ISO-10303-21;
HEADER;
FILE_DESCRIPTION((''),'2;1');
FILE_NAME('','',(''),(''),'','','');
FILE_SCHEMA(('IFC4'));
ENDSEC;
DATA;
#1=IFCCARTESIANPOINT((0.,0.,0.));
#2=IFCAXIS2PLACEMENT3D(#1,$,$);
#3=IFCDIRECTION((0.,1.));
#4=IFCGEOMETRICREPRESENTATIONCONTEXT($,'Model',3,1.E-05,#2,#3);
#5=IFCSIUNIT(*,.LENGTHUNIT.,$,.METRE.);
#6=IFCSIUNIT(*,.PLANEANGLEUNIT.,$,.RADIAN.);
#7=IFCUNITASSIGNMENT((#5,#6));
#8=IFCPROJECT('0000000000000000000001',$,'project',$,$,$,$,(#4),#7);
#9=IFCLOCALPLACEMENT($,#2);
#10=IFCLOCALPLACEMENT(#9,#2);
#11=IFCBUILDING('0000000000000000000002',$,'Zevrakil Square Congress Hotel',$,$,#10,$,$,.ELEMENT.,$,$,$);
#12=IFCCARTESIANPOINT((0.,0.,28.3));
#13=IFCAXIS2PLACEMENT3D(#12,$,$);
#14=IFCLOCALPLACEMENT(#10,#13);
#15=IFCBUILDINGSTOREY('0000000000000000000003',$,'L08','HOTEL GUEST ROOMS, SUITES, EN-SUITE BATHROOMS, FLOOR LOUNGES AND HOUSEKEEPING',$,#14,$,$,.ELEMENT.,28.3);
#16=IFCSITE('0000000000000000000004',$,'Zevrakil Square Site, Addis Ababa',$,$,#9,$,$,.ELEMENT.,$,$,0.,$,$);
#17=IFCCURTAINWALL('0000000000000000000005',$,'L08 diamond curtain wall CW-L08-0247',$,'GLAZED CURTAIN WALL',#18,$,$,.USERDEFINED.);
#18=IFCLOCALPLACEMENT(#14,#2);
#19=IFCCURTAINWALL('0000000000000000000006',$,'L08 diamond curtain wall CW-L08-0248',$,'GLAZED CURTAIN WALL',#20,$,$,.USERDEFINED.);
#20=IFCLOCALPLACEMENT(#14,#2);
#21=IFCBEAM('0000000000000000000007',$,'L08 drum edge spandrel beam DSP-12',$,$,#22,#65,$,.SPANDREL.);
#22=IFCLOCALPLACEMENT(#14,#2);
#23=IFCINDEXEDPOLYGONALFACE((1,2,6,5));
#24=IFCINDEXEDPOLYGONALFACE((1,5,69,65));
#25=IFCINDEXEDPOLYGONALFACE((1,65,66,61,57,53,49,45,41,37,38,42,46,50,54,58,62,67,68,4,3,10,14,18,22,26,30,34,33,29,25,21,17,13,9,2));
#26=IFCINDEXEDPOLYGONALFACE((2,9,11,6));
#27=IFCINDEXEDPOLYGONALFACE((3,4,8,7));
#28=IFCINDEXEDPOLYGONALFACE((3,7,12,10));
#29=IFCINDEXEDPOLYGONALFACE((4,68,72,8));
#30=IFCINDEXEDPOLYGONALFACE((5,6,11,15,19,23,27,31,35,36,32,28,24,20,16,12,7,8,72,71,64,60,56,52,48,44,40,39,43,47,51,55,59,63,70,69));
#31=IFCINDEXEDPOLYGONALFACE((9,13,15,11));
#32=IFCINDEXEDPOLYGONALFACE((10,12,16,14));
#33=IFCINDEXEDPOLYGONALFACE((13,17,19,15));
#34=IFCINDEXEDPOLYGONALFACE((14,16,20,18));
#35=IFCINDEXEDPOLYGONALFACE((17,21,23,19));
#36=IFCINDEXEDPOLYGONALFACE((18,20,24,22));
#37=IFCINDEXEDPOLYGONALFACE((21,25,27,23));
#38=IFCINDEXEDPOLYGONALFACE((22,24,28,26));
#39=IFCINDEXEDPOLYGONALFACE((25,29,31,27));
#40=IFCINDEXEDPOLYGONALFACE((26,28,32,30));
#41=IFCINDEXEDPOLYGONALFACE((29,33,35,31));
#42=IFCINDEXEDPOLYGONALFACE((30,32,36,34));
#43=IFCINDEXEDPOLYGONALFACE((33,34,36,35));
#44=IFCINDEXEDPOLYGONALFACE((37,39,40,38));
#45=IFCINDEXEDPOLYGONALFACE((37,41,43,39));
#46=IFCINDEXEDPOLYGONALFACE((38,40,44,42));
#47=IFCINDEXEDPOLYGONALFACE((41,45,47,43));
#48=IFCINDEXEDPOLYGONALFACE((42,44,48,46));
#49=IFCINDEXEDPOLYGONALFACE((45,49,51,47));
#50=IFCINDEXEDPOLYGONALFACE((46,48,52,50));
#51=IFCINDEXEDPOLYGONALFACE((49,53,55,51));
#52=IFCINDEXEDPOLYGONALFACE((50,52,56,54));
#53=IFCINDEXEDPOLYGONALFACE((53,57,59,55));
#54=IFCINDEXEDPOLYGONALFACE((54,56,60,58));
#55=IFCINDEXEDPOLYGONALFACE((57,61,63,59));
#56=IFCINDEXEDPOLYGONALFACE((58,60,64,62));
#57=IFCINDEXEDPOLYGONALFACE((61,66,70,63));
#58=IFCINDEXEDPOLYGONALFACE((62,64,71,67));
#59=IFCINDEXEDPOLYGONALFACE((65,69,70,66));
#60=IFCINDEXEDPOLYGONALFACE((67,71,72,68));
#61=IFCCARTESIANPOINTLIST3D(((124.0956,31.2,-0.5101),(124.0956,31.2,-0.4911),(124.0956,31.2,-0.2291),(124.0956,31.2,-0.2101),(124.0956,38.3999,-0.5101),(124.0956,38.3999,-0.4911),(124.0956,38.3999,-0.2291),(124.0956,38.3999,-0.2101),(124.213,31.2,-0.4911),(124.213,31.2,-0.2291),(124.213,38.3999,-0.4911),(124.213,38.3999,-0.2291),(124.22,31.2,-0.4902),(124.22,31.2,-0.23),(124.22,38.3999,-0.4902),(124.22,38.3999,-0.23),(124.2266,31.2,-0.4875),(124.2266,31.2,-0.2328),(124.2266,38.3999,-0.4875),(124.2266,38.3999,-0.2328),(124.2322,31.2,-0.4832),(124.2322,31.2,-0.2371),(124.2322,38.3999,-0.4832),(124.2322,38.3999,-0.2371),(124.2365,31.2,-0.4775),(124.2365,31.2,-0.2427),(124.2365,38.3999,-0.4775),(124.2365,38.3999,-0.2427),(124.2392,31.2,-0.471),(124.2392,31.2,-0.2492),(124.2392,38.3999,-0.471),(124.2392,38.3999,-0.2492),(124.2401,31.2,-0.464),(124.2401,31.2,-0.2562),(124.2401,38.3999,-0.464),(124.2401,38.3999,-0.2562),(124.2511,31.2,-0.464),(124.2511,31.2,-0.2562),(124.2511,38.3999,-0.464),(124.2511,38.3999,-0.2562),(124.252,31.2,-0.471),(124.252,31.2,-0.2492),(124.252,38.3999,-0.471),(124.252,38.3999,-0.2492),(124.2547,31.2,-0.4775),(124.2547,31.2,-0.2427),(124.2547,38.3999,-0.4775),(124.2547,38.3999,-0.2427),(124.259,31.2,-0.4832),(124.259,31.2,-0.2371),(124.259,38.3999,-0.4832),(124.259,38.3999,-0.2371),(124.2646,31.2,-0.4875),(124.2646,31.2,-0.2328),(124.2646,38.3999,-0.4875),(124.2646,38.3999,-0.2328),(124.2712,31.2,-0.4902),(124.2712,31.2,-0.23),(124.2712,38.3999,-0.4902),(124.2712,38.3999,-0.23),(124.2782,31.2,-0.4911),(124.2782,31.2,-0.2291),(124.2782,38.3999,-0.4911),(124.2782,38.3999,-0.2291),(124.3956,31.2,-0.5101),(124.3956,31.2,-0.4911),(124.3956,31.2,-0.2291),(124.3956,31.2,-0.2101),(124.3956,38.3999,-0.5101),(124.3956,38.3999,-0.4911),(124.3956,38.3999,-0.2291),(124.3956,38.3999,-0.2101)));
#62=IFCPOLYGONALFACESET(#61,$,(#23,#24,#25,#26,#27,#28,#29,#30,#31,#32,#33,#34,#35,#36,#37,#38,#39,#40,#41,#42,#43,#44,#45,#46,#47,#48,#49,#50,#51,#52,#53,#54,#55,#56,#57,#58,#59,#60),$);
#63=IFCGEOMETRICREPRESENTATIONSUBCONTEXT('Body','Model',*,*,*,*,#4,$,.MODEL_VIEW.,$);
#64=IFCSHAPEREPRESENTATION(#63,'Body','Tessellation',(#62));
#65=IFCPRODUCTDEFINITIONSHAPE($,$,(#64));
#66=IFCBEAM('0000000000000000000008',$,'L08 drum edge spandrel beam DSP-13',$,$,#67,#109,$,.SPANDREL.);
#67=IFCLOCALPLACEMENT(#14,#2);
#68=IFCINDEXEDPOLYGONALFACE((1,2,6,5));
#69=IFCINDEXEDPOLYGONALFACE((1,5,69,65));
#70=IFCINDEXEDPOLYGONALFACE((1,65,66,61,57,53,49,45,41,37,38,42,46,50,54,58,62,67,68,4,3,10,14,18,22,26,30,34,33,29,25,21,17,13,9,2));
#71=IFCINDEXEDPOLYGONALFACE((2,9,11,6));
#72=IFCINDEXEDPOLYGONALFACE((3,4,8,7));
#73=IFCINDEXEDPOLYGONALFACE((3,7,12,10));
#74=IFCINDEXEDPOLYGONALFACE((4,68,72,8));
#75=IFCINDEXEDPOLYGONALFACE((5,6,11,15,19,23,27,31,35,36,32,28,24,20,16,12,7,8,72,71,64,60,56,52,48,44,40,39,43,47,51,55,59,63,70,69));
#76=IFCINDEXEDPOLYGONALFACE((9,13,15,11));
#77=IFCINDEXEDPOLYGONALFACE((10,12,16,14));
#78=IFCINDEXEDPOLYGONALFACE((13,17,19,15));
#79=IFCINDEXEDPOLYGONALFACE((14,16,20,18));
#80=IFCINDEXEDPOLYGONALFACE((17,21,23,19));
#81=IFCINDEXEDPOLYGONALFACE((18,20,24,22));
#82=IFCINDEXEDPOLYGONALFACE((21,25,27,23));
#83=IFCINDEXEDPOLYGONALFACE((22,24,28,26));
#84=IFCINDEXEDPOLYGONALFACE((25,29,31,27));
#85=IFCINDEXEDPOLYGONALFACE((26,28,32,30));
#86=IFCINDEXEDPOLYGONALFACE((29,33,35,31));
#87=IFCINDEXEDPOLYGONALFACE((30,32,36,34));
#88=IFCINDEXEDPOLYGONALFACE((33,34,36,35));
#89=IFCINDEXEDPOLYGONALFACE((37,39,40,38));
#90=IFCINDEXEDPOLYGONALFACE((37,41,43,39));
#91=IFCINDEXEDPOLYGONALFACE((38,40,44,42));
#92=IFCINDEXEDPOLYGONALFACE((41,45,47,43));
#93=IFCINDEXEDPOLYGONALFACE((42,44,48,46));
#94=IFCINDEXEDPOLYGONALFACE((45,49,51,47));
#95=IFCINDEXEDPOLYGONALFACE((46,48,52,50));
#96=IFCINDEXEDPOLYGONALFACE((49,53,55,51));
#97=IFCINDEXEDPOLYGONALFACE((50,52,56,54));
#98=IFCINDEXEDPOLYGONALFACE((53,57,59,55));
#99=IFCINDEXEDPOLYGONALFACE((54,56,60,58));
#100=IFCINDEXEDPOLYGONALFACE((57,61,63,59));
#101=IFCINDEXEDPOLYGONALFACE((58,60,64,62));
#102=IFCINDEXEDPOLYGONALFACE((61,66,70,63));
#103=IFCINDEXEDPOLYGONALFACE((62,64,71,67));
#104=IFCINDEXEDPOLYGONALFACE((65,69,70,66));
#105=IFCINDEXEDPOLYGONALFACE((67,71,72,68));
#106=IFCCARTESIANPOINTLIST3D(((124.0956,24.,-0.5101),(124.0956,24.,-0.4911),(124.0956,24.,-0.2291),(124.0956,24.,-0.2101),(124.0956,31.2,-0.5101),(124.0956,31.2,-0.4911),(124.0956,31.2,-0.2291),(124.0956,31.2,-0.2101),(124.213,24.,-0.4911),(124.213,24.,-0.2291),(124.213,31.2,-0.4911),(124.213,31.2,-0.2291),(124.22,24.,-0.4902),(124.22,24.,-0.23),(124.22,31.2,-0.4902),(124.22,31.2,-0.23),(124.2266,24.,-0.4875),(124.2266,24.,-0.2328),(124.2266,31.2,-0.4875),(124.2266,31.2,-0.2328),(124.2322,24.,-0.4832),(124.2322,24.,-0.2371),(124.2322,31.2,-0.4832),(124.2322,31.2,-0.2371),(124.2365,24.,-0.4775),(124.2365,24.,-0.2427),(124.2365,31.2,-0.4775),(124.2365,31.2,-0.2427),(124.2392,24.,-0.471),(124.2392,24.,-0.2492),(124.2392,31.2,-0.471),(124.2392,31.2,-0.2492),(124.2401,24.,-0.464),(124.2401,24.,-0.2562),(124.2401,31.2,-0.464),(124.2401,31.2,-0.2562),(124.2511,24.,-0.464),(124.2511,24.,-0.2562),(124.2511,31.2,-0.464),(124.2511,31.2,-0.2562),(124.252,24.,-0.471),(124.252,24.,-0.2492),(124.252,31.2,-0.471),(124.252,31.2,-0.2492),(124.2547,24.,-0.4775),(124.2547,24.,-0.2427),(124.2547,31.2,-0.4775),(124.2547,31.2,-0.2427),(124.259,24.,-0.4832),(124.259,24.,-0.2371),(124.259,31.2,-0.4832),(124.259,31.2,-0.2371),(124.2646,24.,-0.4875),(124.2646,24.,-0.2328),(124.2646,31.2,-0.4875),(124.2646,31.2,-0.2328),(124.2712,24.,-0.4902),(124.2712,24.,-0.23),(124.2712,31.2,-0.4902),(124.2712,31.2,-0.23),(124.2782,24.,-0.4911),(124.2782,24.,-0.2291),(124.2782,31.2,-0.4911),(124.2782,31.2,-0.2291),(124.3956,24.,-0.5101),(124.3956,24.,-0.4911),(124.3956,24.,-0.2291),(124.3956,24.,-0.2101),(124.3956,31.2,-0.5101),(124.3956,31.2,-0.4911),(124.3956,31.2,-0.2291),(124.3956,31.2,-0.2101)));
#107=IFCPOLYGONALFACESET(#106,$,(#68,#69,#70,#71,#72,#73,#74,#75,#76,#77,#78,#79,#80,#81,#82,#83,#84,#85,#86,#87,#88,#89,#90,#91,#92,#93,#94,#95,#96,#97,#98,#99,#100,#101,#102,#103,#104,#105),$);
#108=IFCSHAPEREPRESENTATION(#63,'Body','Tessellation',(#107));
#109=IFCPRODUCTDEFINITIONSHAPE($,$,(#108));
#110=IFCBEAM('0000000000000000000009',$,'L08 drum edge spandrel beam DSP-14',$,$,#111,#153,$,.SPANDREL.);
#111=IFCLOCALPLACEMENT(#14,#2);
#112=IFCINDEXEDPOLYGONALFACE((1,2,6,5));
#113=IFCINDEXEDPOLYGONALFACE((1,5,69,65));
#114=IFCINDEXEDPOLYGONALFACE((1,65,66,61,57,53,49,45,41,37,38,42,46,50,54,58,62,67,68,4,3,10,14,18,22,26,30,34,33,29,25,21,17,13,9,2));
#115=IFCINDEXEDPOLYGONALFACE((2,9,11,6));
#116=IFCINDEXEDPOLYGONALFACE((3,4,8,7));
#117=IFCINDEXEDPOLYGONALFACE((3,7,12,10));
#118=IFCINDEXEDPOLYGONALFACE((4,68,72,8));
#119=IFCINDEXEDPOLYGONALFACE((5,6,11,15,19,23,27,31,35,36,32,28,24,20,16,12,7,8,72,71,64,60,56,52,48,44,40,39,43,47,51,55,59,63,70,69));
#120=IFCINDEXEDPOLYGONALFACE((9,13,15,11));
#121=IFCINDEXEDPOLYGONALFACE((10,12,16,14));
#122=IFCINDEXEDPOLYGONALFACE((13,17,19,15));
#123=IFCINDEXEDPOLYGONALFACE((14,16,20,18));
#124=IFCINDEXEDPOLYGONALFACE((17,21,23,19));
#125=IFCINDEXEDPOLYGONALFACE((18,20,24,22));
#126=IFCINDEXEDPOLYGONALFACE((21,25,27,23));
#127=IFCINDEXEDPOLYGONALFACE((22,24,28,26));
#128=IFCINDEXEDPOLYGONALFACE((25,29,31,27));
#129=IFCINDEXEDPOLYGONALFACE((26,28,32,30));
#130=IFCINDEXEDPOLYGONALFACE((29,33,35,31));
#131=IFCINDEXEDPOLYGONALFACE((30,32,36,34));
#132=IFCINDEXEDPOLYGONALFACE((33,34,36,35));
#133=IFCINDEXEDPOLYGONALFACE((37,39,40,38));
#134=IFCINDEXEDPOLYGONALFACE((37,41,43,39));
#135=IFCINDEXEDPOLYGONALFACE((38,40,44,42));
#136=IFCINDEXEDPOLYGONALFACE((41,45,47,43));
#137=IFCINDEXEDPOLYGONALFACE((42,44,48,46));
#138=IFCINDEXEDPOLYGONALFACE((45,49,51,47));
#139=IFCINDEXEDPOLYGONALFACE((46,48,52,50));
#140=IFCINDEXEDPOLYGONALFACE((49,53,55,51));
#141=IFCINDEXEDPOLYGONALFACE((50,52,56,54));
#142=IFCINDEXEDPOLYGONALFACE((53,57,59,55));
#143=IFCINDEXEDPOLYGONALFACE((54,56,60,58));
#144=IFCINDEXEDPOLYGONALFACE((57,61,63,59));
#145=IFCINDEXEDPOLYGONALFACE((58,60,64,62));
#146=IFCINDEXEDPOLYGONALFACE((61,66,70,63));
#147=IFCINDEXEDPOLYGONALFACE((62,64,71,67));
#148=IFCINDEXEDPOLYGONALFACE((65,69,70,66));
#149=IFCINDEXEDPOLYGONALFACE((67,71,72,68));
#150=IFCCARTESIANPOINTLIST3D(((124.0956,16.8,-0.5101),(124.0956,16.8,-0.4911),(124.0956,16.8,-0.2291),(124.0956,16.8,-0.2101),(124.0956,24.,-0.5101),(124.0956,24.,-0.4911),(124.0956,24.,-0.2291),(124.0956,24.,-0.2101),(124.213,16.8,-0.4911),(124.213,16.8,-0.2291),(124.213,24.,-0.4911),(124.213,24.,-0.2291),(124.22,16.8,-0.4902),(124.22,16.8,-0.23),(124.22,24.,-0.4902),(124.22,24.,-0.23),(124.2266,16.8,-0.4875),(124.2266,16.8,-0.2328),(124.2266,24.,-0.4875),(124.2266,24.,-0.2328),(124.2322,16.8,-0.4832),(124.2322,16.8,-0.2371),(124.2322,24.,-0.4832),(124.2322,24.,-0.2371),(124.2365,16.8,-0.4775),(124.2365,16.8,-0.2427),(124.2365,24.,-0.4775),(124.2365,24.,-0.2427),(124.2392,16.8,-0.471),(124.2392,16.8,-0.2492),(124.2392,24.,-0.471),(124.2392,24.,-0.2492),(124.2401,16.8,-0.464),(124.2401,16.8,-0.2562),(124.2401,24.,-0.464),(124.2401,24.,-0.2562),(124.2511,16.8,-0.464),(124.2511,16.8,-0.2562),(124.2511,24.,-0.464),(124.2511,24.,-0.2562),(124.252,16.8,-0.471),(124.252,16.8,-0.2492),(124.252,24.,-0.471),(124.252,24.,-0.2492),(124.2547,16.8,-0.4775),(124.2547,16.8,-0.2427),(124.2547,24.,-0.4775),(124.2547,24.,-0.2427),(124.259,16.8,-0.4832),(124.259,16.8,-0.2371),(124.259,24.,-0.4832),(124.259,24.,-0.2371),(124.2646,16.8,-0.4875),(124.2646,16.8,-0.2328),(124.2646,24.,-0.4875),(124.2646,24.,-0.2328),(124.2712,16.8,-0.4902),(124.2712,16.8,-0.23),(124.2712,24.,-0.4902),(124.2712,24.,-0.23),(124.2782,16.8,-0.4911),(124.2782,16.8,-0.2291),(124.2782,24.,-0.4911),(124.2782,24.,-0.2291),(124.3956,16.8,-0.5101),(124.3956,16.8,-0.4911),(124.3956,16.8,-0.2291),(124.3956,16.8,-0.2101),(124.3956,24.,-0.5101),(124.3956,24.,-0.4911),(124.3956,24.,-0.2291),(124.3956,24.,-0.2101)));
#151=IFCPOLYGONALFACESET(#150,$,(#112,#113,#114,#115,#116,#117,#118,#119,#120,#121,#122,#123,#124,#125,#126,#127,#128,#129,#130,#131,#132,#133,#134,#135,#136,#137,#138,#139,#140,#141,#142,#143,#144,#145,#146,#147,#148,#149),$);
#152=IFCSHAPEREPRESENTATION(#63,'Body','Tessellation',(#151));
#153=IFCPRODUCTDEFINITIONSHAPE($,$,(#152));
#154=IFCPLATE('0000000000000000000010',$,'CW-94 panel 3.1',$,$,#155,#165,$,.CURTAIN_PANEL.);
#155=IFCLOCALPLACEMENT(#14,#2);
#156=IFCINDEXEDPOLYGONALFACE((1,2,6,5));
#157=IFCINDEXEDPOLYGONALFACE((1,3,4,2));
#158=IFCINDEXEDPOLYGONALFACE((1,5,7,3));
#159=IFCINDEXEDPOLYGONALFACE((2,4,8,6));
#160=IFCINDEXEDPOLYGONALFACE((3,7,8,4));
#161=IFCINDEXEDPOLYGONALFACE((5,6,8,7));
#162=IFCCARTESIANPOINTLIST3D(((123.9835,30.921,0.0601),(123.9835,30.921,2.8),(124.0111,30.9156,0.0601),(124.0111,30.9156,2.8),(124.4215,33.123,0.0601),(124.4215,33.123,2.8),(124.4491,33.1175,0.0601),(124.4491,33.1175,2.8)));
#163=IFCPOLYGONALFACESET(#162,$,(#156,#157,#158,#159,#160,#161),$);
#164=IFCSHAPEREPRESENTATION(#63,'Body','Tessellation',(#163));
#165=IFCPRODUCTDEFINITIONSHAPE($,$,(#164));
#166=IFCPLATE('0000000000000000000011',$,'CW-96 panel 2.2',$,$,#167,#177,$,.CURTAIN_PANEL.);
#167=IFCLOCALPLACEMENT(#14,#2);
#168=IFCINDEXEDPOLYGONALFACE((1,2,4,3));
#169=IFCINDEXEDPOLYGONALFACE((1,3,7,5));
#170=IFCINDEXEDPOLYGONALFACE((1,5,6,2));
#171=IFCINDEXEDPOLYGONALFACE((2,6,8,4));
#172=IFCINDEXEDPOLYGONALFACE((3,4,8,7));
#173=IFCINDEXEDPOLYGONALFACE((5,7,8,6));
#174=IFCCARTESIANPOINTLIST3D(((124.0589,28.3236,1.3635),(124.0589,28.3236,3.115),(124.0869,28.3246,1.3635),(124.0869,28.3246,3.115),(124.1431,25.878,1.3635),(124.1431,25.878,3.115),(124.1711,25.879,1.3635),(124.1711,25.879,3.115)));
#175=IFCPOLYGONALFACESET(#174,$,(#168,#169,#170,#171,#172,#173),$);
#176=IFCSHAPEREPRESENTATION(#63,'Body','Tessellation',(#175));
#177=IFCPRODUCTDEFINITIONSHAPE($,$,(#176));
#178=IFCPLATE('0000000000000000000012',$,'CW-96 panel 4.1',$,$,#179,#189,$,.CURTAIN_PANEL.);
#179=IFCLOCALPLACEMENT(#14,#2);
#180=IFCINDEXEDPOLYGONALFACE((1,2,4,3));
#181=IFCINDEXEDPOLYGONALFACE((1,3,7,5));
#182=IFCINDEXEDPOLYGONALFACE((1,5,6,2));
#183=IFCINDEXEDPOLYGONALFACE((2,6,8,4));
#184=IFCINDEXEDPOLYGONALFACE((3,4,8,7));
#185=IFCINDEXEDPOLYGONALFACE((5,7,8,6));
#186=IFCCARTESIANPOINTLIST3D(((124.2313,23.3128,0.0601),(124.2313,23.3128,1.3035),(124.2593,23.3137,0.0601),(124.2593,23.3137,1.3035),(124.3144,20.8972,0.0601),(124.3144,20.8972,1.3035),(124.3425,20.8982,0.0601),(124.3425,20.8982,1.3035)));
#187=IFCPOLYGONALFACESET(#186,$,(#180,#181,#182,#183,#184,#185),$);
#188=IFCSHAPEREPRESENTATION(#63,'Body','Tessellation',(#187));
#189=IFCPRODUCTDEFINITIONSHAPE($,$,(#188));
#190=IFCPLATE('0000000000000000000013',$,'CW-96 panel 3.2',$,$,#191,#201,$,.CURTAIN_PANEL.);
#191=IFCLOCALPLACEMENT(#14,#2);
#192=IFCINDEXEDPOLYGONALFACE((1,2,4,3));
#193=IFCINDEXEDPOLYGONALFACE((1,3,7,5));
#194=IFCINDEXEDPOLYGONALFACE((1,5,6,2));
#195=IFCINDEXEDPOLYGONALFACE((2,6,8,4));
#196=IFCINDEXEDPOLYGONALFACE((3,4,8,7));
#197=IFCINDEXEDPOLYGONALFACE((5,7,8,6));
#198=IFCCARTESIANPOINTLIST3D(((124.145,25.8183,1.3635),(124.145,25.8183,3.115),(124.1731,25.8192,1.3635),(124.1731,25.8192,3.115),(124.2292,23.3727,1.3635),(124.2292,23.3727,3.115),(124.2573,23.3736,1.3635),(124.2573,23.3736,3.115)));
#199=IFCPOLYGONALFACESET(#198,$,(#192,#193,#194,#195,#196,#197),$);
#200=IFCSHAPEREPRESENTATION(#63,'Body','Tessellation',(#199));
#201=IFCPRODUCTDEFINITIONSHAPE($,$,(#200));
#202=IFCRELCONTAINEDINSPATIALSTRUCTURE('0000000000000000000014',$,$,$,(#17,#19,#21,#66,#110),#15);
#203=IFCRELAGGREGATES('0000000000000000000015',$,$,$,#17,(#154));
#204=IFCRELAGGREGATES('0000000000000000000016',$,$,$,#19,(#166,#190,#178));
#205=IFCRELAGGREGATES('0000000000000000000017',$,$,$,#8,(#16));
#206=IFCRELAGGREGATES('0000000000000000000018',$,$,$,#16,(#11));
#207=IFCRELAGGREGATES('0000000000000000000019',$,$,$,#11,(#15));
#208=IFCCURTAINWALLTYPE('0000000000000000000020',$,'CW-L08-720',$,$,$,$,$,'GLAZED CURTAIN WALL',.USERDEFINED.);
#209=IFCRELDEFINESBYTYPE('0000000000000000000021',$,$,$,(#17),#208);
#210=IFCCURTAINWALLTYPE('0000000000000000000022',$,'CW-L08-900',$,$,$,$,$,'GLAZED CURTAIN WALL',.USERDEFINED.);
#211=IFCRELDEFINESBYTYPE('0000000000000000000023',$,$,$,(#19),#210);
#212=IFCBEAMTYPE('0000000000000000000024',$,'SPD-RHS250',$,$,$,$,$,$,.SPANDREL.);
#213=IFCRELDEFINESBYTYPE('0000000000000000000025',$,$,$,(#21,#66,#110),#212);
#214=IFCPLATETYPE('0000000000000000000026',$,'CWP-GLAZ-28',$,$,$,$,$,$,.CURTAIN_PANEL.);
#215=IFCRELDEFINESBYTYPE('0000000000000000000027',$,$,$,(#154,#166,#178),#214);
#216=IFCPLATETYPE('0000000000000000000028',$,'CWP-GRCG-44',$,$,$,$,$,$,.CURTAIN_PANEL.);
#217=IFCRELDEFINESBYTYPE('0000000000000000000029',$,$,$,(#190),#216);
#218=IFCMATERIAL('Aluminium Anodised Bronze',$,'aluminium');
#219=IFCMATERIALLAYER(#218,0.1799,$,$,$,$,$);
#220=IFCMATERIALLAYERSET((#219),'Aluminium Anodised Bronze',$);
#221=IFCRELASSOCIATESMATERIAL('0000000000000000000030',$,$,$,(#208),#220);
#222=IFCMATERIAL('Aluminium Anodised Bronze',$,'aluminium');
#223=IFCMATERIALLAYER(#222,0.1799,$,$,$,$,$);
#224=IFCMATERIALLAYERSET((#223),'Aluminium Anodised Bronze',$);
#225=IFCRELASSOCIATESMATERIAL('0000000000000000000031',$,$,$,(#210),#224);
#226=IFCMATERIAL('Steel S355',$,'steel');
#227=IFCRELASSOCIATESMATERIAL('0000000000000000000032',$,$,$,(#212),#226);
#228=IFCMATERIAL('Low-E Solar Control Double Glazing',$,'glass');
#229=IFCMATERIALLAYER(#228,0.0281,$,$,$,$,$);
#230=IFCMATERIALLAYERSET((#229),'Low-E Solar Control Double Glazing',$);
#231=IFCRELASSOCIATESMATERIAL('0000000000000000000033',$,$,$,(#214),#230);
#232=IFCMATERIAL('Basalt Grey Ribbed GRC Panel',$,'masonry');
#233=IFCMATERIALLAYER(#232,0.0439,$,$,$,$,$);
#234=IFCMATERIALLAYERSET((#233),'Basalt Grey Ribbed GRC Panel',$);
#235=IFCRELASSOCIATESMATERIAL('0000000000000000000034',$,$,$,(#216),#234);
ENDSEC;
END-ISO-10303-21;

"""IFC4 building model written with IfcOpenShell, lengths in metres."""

from ifc_helpers import new_model, si_unit, direction, frame, origin, origin_2d, place, context, subcontext, project, spatial, rectangle, i_section, extrude, material, layer, layer_set, material_profile, profile_set, type_object, element, aggregate, save


model = new_model("IFC4")

# Units and contexts
model_context = context("Model", 3, precision=1e-05, world=origin(), true_north=direction((0.0, 1.0)))
body_context = subcontext(model_context, "Body", "Model", "MODEL_VIEW")
ifc_project = project(units=[si_unit("LENGTHUNIT", "METRE"), si_unit("PLANEANGLEUNIT", "RADIAN")], contexts=[model_context])

# Site, building, storey
site_placement = place(None, origin())
site = spatial("IfcSite", under=ifc_project, at=site_placement, Name="Zevrakil Square Site, Addis Ababa", CompositionType="ELEMENT", RefElevation=0.0)
building_placement = place(site_placement, origin())
building = spatial("IfcBuilding", under=site, at=building_placement, Name="Zevrakil Square Congress Hotel", CompositionType="ELEMENT")
storey_placement = place(building_placement, frame((0.0, 0.0, 28.3)))
storey = spatial("IfcBuildingStorey", under=building, at=storey_placement, Name="L08", Description="HOTEL GUEST ROOMS, SUITES, EN-SUITE BATHROOMS, FLOOR LOUNGES AND HOUSEKEEPING", CompositionType="ELEMENT", Elevation=28.3)

# Curtain walls
ifc_material_1 = material(Name="Aluminium Anodised Bronze", Category="aluminium")
ifc_layer_1 = layer(ifc_material_1, 0.1799)
ifc_layer_set_1 = layer_set([ifc_layer_1], Name="Aluminium Anodised Bronze")
curtain_wall_type_1 = type_object("IfcCurtainWallType", Name="CW-L08-720", ElementType="GLAZED CURTAIN WALL", PredefinedType="USERDEFINED", material=ifc_layer_set_1)
curtain_wall_1_placement = place(storey_placement, origin())
curtain_wall_1 = element("IfcCurtainWall", 1, at=curtain_wall_1_placement, inside=storey, type_object=curtain_wall_type_1, Name="L08 diamond curtain wall CW-L08-0247", ObjectType="GLAZED CURTAIN WALL", PredefinedType="USERDEFINED")
ifc_material_2 = material(Name="Aluminium Anodised Bronze", Category="aluminium")
ifc_layer_2 = layer(ifc_material_2, 0.1799)
ifc_layer_set_2 = layer_set([ifc_layer_2], Name="Aluminium Anodised Bronze")
curtain_wall_type_2 = type_object("IfcCurtainWallType", Name="CW-L08-900", ElementType="GLAZED CURTAIN WALL", PredefinedType="USERDEFINED", material=ifc_layer_set_2)
curtain_wall_2_placement = place(storey_placement, origin())
curtain_wall_2 = element("IfcCurtainWall", 2, at=curtain_wall_2_placement, inside=storey, type_object=curtain_wall_type_2, Name="L08 diamond curtain wall CW-L08-0248", ObjectType="GLAZED CURTAIN WALL", PredefinedType="USERDEFINED")

# Beams
ifc_material_3 = material(Name="Steel S355", Category="steel")
ifc_material_profile_1 = material_profile(ifc_material_3, i_section(OverallWidth=0.3, OverallDepth=0.3, WebThickness=0.011, FlangeThickness=0.019, FilletRadius=0.0271, at=origin_2d()), Name="HEB 300")
ifc_profile_set_1 = profile_set([ifc_material_profile_1], Name="Steel S355")
beam_type = type_object("IfcBeamType", Name="SPD-RHS250", PredefinedType="SPANDREL", material=ifc_profile_set_1)
for number, where, z_axis, x_axis, name in (
    (3, (124.2456, 38.3999, -0.3601), (0.0, -1.0, 0.0), (1.0, 0.0, 0.0), "L08 drum edge spandrel beam DSP-12"),
    (4, (124.2456, 31.2, -0.3601), (0.0, -1.0, 0.0), (1.0, 0.0, 0.0), "L08 drum edge spandrel beam DSP-13"),
    (5, (124.2456, 24.0, -0.3601), (0.0, -1.0, 0.0), (1.0, 0.0, 0.0), "L08 drum edge spandrel beam DSP-14"),
):
    element("IfcBeam", number, at=place(storey_placement, frame(where, z_axis=z_axis, x_axis=x_axis)), inside=storey, type_object=beam_type, Name=name, PredefinedType="SPANDREL", context=body_context, shape_type="SweptSolid", body=[
        extrude(i_section(OverallWidth=0.3, OverallDepth=0.3, WebThickness=0.011, FlangeThickness=0.019, FilletRadius=0.0271, at=origin_2d()), origin(), (0.0, 0.0, 1.0), 7.2),
    ])

# Plates
ifc_material_4 = material(Name="Low-E Solar Control Double Glazing", Category="glass")
ifc_layer_3 = layer(ifc_material_4, 0.0281)
ifc_layer_set_3 = layer_set([ifc_layer_3], Name="Low-E Solar Control Double Glazing")
plate_type_1 = type_object("IfcPlateType", Name="CWP-GLAZ-28", PredefinedType="CURTAIN_PANEL", material=ifc_layer_set_3)
plate_1_placement = place(storey_placement, frame((124.2163, 32.0193, 0.0601), z_axis=(0.0, 0.0, 1.0), x_axis=(-0.195084, -0.980787, 0.0)))
plate_1 = element("IfcPlate", 6, at=plate_1_placement, type_object=plate_type_1, Name="CW-94 panel 3.1", PredefinedType="CURTAIN_PANEL", context=body_context, shape_type="SweptSolid", body=[
    extrude(rectangle(XDim=2.2451, YDim=0.0281, at=origin_2d()), origin(), (0.0, 0.0, 1.0), 2.74),
])
aggregate(curtain_wall_1, [plate_1])
plate_2_placement = place(storey_placement, frame((124.115, 27.1013, 1.3635), z_axis=(0.0, 0.0, 1.0), x_axis=(0.034405, -0.999408, 0.0)))
plate_2 = element("IfcPlate", 7, at=plate_2_placement, type_object=plate_type_1, Name="CW-96 panel 2.2", PredefinedType="CURTAIN_PANEL", context=body_context, shape_type="SweptSolid", body=[
    extrude(rectangle(XDim=2.447, YDim=0.0281, at=origin_2d()), origin(), (0.0, 0.0, 1.0), 1.7515),
])
plate_3_placement = place(storey_placement, frame((124.2869, 22.1055, 0.0601), z_axis=(0.0, 0.0, 1.0), x_axis=(0.034405, -0.999408, 0.0)))
plate_3 = element("IfcPlate", 8, at=plate_3_placement, type_object=plate_type_1, Name="CW-96 panel 4.1", PredefinedType="CURTAIN_PANEL", context=body_context, shape_type="SweptSolid", body=[
    extrude(rectangle(XDim=2.417, YDim=0.0281, at=origin_2d()), origin(), (0.0, 0.0, 1.0), 1.2434),
])
ifc_material_5 = material(Name="Basalt Grey Ribbed GRC Panel", Category="masonry")
ifc_layer_4 = layer(ifc_material_5, 0.0439)
ifc_layer_set_4 = layer_set([ifc_layer_4], Name="Basalt Grey Ribbed GRC Panel")
plate_type_2 = type_object("IfcPlateType", Name="CWP-GRCG-44", PredefinedType="CURTAIN_PANEL", material=ifc_layer_set_4)
plate_4_placement = place(storey_placement, frame((124.2012, 24.5959, 1.3635), z_axis=(0.0, 0.0, 1.0), x_axis=(0.034405, -0.999408, 0.0)))
plate_4 = element("IfcPlate", 9, at=plate_4_placement, type_object=plate_type_2, Name="CW-96 panel 3.2", PredefinedType="CURTAIN_PANEL", context=body_context, shape_type="SweptSolid", body=[
    extrude(rectangle(XDim=2.447, YDim=0.0281, at=origin_2d()), origin(), (0.0, 0.0, 1.0), 1.7515),
])
aggregate(curtain_wall_2, [plate_2, plate_4, plate_3])

save(model, "model.ifc")
